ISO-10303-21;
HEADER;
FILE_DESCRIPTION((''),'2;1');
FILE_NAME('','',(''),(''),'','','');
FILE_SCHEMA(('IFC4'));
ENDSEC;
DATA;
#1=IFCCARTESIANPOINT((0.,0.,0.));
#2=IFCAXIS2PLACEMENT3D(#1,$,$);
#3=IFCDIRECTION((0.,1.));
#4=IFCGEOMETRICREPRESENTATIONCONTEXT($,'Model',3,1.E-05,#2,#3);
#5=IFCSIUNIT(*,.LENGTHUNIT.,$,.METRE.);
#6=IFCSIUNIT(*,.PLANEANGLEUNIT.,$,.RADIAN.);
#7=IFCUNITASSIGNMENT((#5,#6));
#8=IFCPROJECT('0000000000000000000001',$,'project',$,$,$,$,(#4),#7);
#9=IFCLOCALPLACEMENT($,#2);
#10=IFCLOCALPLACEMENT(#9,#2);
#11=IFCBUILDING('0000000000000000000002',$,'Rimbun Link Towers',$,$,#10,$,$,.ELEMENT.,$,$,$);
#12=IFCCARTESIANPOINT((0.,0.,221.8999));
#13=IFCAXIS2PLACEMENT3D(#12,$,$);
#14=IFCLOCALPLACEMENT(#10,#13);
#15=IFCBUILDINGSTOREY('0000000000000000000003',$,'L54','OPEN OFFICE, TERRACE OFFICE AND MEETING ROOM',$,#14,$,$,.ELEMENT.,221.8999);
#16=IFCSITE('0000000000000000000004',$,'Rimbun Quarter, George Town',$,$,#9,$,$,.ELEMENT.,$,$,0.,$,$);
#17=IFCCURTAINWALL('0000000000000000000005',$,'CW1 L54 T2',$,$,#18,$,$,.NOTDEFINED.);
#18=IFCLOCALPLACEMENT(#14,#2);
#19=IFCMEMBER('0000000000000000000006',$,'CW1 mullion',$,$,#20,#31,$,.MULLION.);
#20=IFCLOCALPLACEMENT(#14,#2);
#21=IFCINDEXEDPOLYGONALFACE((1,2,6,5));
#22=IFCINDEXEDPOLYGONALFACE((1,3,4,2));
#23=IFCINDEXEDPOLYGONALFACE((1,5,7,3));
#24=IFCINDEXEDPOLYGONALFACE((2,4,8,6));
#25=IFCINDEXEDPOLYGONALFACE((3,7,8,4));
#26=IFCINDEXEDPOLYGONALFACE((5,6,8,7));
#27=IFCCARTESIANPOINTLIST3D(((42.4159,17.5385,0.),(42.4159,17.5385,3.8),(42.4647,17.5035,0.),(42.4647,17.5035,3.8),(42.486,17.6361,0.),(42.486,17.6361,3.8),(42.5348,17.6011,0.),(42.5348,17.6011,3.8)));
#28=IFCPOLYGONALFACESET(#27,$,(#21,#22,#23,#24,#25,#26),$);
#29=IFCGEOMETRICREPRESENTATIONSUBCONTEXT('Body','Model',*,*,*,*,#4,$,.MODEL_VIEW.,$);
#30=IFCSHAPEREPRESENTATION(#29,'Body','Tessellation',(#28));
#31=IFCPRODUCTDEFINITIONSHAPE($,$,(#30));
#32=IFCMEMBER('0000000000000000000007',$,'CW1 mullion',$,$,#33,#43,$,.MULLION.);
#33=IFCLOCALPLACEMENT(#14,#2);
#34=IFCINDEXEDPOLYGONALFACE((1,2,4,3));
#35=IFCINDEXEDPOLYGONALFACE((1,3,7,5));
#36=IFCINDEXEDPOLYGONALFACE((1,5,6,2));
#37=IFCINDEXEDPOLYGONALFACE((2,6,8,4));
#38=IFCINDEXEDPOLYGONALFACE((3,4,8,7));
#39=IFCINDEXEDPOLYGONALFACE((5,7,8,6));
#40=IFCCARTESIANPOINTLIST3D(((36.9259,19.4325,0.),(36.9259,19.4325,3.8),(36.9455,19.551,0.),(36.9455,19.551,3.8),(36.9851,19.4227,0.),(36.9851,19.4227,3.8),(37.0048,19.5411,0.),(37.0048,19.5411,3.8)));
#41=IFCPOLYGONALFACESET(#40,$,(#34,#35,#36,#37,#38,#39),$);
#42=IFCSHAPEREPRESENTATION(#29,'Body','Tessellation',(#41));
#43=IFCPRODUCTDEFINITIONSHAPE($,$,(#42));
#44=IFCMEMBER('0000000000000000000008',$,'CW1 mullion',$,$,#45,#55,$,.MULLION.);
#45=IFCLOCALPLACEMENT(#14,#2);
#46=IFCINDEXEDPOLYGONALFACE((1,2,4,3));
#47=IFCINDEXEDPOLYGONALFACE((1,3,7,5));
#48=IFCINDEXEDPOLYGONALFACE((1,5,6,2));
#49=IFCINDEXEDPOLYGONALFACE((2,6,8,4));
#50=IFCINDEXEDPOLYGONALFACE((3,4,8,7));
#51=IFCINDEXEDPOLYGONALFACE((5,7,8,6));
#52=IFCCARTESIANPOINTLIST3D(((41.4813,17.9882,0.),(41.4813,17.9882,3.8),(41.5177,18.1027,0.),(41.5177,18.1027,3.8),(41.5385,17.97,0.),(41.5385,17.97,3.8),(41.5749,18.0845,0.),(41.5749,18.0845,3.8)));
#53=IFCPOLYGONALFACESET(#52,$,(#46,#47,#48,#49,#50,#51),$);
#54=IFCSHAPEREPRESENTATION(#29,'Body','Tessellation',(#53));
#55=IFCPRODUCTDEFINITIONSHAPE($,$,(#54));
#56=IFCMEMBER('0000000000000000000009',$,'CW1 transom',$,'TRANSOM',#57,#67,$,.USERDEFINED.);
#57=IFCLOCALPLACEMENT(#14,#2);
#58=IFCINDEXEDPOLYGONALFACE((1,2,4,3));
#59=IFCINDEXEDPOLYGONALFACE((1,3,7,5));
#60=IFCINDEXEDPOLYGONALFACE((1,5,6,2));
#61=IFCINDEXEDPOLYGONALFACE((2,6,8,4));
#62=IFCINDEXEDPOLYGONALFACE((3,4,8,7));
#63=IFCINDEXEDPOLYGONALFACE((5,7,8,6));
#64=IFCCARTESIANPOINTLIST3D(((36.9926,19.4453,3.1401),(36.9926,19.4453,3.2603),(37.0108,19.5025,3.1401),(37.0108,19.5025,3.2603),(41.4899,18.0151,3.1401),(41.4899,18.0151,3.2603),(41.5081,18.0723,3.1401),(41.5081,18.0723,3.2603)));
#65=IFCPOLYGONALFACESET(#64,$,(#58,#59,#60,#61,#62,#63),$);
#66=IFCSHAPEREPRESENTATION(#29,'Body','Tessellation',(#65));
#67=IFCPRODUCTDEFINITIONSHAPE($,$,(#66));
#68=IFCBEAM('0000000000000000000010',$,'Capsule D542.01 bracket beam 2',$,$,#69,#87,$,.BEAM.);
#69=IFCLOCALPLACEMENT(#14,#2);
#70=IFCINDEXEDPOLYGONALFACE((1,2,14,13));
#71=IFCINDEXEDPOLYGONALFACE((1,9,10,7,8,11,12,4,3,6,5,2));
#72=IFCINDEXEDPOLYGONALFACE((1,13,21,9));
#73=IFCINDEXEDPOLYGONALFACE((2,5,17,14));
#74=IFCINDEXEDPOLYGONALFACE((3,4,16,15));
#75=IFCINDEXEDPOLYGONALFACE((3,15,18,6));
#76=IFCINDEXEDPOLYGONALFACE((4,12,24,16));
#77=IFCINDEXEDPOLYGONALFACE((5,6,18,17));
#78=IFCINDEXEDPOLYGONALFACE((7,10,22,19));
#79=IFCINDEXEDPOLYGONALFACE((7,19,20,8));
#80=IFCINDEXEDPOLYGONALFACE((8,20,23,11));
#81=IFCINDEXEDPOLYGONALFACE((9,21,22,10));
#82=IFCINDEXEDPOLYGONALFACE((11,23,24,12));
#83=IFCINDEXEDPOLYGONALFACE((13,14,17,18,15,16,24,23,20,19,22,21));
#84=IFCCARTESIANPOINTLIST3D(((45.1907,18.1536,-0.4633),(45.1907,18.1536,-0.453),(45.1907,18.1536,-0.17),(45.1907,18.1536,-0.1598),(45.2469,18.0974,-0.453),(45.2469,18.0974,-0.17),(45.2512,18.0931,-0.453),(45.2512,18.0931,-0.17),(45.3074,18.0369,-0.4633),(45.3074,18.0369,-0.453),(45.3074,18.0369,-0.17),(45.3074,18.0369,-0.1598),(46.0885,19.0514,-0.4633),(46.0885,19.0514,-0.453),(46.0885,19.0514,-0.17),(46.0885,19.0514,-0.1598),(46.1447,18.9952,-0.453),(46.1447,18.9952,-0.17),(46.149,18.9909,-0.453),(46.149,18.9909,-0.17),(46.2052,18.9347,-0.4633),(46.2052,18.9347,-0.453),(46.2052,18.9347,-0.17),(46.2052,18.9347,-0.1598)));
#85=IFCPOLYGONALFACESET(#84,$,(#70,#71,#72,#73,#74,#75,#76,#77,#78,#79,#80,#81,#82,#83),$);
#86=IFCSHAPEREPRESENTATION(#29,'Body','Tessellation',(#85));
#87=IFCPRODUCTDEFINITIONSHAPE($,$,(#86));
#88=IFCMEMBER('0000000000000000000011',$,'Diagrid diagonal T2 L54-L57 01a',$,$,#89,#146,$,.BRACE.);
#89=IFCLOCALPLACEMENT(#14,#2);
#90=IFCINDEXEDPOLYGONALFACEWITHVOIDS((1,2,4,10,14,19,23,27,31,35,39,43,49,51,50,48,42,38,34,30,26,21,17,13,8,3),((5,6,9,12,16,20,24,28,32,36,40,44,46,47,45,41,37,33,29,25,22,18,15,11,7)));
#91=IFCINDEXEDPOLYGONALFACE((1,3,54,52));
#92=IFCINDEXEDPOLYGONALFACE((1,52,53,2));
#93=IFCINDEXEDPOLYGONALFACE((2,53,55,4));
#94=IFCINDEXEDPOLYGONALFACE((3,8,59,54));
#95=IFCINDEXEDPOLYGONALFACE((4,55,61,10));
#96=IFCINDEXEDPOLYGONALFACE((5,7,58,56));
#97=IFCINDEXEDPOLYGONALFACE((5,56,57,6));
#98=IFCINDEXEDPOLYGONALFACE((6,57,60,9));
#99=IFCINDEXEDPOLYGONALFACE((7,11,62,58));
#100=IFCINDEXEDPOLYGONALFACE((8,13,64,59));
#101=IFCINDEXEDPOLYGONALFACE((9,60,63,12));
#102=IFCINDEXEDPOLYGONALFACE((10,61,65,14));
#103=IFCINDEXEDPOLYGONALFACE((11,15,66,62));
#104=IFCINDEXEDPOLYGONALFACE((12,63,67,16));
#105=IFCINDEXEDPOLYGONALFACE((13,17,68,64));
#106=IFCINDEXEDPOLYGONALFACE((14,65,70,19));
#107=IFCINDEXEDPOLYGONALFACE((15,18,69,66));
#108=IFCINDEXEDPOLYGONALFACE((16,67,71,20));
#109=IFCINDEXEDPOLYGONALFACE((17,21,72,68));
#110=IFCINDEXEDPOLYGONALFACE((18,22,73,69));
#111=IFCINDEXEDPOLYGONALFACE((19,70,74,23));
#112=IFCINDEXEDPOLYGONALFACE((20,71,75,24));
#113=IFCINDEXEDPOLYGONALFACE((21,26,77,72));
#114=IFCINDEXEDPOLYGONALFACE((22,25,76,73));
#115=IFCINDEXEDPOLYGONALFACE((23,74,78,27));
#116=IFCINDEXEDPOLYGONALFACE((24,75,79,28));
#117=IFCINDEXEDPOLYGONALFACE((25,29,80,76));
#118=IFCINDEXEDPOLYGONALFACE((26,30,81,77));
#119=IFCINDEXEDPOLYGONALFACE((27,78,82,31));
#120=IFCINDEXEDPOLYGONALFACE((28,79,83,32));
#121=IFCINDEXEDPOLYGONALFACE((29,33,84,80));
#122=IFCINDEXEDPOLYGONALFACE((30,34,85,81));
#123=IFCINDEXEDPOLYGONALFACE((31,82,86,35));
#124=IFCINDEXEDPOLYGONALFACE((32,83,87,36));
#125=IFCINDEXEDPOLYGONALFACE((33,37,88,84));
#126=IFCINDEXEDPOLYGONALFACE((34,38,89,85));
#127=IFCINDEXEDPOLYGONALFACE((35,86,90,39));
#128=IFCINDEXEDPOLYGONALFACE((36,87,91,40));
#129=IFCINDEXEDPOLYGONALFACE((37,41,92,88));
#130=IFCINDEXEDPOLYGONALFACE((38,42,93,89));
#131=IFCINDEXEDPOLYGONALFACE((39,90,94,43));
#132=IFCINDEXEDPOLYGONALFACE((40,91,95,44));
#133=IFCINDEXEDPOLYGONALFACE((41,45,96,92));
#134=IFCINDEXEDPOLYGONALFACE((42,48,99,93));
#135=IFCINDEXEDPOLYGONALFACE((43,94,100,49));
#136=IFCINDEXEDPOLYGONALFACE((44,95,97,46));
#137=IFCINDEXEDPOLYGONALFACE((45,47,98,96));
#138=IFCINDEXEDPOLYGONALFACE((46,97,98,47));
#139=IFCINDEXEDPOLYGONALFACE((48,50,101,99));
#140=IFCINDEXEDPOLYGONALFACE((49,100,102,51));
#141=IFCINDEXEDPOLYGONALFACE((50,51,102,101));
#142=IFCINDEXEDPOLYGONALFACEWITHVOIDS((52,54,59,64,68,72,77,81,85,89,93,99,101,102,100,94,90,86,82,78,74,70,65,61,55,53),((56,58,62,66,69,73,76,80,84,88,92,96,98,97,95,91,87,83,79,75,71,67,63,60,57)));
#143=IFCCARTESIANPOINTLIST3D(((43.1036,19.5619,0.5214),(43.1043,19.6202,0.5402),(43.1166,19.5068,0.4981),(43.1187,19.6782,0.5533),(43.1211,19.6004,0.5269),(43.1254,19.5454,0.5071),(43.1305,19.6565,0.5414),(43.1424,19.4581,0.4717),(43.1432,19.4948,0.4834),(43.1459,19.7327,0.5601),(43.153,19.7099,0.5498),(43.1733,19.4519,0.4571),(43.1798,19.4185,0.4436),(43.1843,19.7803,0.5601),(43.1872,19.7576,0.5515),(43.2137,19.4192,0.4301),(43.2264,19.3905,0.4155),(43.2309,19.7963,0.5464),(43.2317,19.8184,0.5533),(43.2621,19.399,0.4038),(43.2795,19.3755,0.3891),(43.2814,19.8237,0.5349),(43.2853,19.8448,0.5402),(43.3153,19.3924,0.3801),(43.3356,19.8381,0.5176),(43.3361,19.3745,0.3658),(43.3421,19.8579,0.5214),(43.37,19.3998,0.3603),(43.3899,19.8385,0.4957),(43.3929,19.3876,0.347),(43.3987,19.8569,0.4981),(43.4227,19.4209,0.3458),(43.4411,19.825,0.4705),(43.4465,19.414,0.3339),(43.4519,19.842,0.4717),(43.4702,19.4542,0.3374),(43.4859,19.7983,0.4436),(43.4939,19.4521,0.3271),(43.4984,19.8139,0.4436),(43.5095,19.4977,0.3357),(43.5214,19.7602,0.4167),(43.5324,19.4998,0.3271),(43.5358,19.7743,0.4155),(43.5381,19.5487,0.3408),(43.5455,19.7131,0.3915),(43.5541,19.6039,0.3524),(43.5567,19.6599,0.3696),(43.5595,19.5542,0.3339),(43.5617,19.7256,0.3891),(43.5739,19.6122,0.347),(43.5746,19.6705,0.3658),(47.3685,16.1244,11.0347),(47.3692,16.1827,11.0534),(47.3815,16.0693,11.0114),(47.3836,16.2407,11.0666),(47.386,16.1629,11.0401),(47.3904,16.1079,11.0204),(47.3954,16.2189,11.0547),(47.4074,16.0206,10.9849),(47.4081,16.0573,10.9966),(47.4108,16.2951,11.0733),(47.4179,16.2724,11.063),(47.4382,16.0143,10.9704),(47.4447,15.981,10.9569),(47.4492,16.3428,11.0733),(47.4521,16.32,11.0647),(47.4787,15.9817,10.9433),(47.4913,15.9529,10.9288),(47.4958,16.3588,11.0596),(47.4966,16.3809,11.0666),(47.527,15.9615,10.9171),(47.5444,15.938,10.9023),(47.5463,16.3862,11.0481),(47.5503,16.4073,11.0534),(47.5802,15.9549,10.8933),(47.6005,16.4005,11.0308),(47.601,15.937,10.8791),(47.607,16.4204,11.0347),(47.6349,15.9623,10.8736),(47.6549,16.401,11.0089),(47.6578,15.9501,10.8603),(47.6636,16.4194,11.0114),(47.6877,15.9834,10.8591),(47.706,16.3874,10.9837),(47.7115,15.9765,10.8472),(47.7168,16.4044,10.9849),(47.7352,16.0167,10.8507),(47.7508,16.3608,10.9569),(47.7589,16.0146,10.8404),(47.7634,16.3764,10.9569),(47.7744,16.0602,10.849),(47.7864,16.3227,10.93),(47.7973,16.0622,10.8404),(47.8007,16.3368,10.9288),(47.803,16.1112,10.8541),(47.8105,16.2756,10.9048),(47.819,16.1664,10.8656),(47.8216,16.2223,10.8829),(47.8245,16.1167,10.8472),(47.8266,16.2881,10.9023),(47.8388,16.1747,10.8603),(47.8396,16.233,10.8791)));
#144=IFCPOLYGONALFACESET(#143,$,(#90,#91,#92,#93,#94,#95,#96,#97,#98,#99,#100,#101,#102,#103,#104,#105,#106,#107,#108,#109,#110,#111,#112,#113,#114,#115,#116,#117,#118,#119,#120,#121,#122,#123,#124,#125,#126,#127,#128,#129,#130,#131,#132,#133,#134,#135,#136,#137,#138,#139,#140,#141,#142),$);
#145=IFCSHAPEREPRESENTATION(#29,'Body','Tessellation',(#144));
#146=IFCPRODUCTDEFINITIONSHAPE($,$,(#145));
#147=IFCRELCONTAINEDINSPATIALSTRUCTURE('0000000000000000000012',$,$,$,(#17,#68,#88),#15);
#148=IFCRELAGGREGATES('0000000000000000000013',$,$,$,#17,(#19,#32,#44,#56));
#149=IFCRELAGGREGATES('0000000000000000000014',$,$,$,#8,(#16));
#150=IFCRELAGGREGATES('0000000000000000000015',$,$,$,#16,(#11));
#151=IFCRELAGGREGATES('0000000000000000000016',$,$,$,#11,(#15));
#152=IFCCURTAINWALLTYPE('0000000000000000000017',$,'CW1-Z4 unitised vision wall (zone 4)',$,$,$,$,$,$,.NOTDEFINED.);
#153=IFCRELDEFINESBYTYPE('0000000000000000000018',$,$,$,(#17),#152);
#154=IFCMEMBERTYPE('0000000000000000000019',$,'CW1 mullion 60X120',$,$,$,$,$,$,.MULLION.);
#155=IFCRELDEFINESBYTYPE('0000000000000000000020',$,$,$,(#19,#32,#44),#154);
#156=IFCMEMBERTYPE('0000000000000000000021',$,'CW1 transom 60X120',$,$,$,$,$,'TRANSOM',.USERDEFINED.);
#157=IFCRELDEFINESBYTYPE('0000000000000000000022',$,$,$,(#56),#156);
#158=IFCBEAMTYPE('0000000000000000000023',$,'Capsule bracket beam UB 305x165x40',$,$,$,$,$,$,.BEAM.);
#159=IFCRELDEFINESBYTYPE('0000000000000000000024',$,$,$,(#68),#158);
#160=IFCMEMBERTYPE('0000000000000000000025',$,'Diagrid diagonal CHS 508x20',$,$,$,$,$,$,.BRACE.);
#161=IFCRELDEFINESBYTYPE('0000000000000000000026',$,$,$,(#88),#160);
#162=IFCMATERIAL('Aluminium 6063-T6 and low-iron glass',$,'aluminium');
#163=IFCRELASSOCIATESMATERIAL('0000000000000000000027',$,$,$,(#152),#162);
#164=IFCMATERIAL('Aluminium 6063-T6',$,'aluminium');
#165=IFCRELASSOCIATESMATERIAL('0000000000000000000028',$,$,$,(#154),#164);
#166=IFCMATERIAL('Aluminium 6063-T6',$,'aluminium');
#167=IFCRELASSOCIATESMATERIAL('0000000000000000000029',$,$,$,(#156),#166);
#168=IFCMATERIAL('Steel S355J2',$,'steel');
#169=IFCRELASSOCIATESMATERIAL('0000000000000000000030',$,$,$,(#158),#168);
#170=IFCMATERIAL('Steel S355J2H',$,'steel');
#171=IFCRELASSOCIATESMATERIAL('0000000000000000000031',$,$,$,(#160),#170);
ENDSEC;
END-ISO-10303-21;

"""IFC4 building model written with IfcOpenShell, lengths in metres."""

from ifc_helpers import new_model, si_unit, direction, frame, origin, origin_2d, place, context, subcontext, project, spatial, rectangle, hollow_circle, i_section, extrude, material, material_profile, profile_set, type_object, element, aggregate, save


model = new_model("IFC4")

# Units and contexts
model_context = context("Model", 3, precision=1e-05, world=origin(), true_north=direction((0.0, 1.0)))
body_context = subcontext(model_context, "Body", "Model", "MODEL_VIEW")
ifc_project = project(units=[si_unit("LENGTHUNIT", "METRE"), si_unit("PLANEANGLEUNIT", "RADIAN")], contexts=[model_context])

# Site, building, storey
site_placement = place(None, origin())
site = spatial("IfcSite", under=ifc_project, at=site_placement, Name="Rimbun Quarter, George Town", CompositionType="ELEMENT", RefElevation=0.0)
building_placement = place(site_placement, origin())
building = spatial("IfcBuilding", under=site, at=building_placement, Name="Rimbun Link Towers", CompositionType="ELEMENT")
storey_placement = place(building_placement, frame((0.0, 0.0, 221.8999)))
storey = spatial("IfcBuildingStorey", under=building, at=storey_placement, Name="L54", Description="OPEN OFFICE, TERRACE OFFICE AND MEETING ROOM", CompositionType="ELEMENT", Elevation=221.8999)

# Curtain wall, members
ifc_material_1 = material(Name="Aluminium 6063-T6 and low-iron glass", Category="aluminium")
curtain_wall_type = type_object("IfcCurtainWallType", Name="CW1-Z4 unitised vision wall (zone 4)", PredefinedType="NOTDEFINED", material=ifc_material_1)
curtain_wall_placement = place(storey_placement, origin())
curtain_wall = element("IfcCurtainWall", 1, at=curtain_wall_placement, inside=storey, type_object=curtain_wall_type, Name="CW1 L54 T2", PredefinedType="NOTDEFINED")
ifc_material_2 = material(Name="Aluminium 6063-T6", Category="aluminium")
ifc_material_profile_1 = material_profile(ifc_material_2, rectangle(XDim=0.1201, YDim=0.0601, at=origin_2d()), Name="MULLION 60X120")
ifc_profile_set_1 = profile_set([ifc_material_profile_1], Name="Aluminium 6063-T6")
member_type_1 = type_object("IfcMemberType", Name="CW1 mullion 60X120", PredefinedType="MULLION", material=ifc_profile_set_1)
member_1_placement = place(storey_placement, frame((42.4753, 17.5698, 0.0), z_axis=(0.0, 0.0, 1.0), x_axis=(0.583009, 0.812465, 0.0)))
member_1 = element("IfcMember", 2, at=member_1_placement, type_object=member_type_1, Name="CW1 mullion", PredefinedType="MULLION", context=body_context, shape_type="SweptSolid", body=[
    extrude(rectangle(XDim=0.1201, YDim=0.0601, at=origin_2d()), origin(), (0.0, 0.0, 1.0), 3.8),
])
member_2_placement = place(storey_placement, frame((36.9653, 19.4868, 0.0), z_axis=(0.0, 0.0, 1.0), x_axis=(0.163742, 0.986503, 0.0)))
member_2 = element("IfcMember", 3, at=member_2_placement, type_object=member_type_1, Name="CW1 mullion", PredefinedType="MULLION", context=body_context, shape_type="SweptSolid", body=[
    extrude(rectangle(XDim=0.1201, YDim=0.0601, at=origin_2d()), origin(), (0.0, 0.0, 1.0), 3.8),
])
member_3_placement = place(storey_placement, frame((41.5281, 18.0364, 0.0), z_axis=(0.0, 0.0, 1.0), x_axis=(0.303053, 0.952974, 0.0)))
member_3 = element("IfcMember", 4, at=member_3_placement, type_object=member_type_1, Name="CW1 mullion", PredefinedType="MULLION", context=body_context, shape_type="SweptSolid", body=[
    extrude(rectangle(XDim=0.1201, YDim=0.0601, at=origin_2d()), origin(), (0.0, 0.0, 1.0), 3.8),
])
ifc_material_3 = material(Name="Aluminium 6063-T6", Category="aluminium")
ifc_material_profile_2 = material_profile(ifc_material_3, rectangle(XDim=0.0601, YDim=0.1201, at=origin_2d()), Name="TRANSOM 60X120")
ifc_profile_set_2 = profile_set([ifc_material_profile_2], Name="Aluminium 6063-T6")
member_type_2 = type_object("IfcMemberType", Name="CW1 transom 60X120", ElementType="TRANSOM", PredefinedType="USERDEFINED", material=ifc_profile_set_2)
member_4_placement = place(storey_placement, frame((37.0017, 19.4739, 3.2002), z_axis=(0.952974, -0.303052, 0.0), x_axis=(0.303052, 0.952974, 0.0)))
member_4 = element("IfcMember", 5, at=member_4_placement, type_object=member_type_2, Name="CW1 transom", ObjectType="TRANSOM", PredefinedType="USERDEFINED", context=body_context, shape_type="SweptSolid", body=[
    extrude(rectangle(XDim=0.0601, YDim=0.1201, at=origin_2d()), origin(), (0.0, 0.0, 1.0), 4.7192),
])

# Beam
ifc_material_4 = material(Name="Steel S355J2", Category="steel")
ifc_material_profile_3 = material_profile(ifc_material_4, i_section(OverallWidth=0.165, OverallDepth=0.3035, WebThickness=0.0061, FlangeThickness=0.0103, at=origin_2d()), Name="UB 305x165x40")
ifc_profile_set_3 = profile_set([ifc_material_profile_3], Name="Steel S355J2")
beam_type_1 = type_object("IfcBeamType", Name="Capsule bracket beam UB 305x165x40", PredefinedType="BEAM", material=ifc_profile_set_3)
beam_1_placement = place(storey_placement, frame((45.249, 18.0952, -0.3115), z_axis=(0.707107, 0.707107, 0.0), x_axis=(-0.707107, 0.707107, 0.0)))
element("IfcBeam", 6, at=beam_1_placement, inside=storey, type_object=beam_type_1, Name="Capsule D542.01 bracket beam 2", PredefinedType="BEAM", context=body_context, shape_type="SweptSolid", body=[
    extrude(i_section(OverallWidth=0.165, OverallDepth=0.3035, WebThickness=0.0061, FlangeThickness=0.0103, at=origin_2d()), origin(), (0.0, 0.0, 1.0), 1.2698),
])

# Member
ifc_material_5 = material(Name="Steel S355J2H", Category="steel")
ifc_material_profile_4 = material_profile(ifc_material_5, hollow_circle(Radius=0.2539, WallThickness=0.02, at=origin_2d()), Name="Diagrid diagonal CHS 508x20")
ifc_profile_set_4 = profile_set([ifc_material_profile_4], Name="Steel S355J2H")
member_type_3 = type_object("IfcMemberType", Name="Diagrid diagonal CHS 508x20", PredefinedType="BRACE", material=ifc_profile_set_4)
member_5_placement = place(storey_placement, frame((43.3391, 19.6162, 0.4436), z_axis=(0.359765, -0.289971, 0.88684), x_axis=(0.627539, 0.778585, 0.0)))
element("IfcMember", 7, at=member_5_placement, inside=storey, type_object=member_type_3, Name="Diagrid diagonal T2 L54-L57 01a", PredefinedType="BRACE", context=body_context, shape_type="SweptSolid", body=[
    extrude(hollow_circle(Radius=0.2539, WallThickness=0.02, at=origin_2d()), origin(), (0.0, 0.0, 1.0), 11.8547),
])

aggregate(curtain_wall, [member_1, member_2, member_3, member_4])

save(model, "model.ifc")
